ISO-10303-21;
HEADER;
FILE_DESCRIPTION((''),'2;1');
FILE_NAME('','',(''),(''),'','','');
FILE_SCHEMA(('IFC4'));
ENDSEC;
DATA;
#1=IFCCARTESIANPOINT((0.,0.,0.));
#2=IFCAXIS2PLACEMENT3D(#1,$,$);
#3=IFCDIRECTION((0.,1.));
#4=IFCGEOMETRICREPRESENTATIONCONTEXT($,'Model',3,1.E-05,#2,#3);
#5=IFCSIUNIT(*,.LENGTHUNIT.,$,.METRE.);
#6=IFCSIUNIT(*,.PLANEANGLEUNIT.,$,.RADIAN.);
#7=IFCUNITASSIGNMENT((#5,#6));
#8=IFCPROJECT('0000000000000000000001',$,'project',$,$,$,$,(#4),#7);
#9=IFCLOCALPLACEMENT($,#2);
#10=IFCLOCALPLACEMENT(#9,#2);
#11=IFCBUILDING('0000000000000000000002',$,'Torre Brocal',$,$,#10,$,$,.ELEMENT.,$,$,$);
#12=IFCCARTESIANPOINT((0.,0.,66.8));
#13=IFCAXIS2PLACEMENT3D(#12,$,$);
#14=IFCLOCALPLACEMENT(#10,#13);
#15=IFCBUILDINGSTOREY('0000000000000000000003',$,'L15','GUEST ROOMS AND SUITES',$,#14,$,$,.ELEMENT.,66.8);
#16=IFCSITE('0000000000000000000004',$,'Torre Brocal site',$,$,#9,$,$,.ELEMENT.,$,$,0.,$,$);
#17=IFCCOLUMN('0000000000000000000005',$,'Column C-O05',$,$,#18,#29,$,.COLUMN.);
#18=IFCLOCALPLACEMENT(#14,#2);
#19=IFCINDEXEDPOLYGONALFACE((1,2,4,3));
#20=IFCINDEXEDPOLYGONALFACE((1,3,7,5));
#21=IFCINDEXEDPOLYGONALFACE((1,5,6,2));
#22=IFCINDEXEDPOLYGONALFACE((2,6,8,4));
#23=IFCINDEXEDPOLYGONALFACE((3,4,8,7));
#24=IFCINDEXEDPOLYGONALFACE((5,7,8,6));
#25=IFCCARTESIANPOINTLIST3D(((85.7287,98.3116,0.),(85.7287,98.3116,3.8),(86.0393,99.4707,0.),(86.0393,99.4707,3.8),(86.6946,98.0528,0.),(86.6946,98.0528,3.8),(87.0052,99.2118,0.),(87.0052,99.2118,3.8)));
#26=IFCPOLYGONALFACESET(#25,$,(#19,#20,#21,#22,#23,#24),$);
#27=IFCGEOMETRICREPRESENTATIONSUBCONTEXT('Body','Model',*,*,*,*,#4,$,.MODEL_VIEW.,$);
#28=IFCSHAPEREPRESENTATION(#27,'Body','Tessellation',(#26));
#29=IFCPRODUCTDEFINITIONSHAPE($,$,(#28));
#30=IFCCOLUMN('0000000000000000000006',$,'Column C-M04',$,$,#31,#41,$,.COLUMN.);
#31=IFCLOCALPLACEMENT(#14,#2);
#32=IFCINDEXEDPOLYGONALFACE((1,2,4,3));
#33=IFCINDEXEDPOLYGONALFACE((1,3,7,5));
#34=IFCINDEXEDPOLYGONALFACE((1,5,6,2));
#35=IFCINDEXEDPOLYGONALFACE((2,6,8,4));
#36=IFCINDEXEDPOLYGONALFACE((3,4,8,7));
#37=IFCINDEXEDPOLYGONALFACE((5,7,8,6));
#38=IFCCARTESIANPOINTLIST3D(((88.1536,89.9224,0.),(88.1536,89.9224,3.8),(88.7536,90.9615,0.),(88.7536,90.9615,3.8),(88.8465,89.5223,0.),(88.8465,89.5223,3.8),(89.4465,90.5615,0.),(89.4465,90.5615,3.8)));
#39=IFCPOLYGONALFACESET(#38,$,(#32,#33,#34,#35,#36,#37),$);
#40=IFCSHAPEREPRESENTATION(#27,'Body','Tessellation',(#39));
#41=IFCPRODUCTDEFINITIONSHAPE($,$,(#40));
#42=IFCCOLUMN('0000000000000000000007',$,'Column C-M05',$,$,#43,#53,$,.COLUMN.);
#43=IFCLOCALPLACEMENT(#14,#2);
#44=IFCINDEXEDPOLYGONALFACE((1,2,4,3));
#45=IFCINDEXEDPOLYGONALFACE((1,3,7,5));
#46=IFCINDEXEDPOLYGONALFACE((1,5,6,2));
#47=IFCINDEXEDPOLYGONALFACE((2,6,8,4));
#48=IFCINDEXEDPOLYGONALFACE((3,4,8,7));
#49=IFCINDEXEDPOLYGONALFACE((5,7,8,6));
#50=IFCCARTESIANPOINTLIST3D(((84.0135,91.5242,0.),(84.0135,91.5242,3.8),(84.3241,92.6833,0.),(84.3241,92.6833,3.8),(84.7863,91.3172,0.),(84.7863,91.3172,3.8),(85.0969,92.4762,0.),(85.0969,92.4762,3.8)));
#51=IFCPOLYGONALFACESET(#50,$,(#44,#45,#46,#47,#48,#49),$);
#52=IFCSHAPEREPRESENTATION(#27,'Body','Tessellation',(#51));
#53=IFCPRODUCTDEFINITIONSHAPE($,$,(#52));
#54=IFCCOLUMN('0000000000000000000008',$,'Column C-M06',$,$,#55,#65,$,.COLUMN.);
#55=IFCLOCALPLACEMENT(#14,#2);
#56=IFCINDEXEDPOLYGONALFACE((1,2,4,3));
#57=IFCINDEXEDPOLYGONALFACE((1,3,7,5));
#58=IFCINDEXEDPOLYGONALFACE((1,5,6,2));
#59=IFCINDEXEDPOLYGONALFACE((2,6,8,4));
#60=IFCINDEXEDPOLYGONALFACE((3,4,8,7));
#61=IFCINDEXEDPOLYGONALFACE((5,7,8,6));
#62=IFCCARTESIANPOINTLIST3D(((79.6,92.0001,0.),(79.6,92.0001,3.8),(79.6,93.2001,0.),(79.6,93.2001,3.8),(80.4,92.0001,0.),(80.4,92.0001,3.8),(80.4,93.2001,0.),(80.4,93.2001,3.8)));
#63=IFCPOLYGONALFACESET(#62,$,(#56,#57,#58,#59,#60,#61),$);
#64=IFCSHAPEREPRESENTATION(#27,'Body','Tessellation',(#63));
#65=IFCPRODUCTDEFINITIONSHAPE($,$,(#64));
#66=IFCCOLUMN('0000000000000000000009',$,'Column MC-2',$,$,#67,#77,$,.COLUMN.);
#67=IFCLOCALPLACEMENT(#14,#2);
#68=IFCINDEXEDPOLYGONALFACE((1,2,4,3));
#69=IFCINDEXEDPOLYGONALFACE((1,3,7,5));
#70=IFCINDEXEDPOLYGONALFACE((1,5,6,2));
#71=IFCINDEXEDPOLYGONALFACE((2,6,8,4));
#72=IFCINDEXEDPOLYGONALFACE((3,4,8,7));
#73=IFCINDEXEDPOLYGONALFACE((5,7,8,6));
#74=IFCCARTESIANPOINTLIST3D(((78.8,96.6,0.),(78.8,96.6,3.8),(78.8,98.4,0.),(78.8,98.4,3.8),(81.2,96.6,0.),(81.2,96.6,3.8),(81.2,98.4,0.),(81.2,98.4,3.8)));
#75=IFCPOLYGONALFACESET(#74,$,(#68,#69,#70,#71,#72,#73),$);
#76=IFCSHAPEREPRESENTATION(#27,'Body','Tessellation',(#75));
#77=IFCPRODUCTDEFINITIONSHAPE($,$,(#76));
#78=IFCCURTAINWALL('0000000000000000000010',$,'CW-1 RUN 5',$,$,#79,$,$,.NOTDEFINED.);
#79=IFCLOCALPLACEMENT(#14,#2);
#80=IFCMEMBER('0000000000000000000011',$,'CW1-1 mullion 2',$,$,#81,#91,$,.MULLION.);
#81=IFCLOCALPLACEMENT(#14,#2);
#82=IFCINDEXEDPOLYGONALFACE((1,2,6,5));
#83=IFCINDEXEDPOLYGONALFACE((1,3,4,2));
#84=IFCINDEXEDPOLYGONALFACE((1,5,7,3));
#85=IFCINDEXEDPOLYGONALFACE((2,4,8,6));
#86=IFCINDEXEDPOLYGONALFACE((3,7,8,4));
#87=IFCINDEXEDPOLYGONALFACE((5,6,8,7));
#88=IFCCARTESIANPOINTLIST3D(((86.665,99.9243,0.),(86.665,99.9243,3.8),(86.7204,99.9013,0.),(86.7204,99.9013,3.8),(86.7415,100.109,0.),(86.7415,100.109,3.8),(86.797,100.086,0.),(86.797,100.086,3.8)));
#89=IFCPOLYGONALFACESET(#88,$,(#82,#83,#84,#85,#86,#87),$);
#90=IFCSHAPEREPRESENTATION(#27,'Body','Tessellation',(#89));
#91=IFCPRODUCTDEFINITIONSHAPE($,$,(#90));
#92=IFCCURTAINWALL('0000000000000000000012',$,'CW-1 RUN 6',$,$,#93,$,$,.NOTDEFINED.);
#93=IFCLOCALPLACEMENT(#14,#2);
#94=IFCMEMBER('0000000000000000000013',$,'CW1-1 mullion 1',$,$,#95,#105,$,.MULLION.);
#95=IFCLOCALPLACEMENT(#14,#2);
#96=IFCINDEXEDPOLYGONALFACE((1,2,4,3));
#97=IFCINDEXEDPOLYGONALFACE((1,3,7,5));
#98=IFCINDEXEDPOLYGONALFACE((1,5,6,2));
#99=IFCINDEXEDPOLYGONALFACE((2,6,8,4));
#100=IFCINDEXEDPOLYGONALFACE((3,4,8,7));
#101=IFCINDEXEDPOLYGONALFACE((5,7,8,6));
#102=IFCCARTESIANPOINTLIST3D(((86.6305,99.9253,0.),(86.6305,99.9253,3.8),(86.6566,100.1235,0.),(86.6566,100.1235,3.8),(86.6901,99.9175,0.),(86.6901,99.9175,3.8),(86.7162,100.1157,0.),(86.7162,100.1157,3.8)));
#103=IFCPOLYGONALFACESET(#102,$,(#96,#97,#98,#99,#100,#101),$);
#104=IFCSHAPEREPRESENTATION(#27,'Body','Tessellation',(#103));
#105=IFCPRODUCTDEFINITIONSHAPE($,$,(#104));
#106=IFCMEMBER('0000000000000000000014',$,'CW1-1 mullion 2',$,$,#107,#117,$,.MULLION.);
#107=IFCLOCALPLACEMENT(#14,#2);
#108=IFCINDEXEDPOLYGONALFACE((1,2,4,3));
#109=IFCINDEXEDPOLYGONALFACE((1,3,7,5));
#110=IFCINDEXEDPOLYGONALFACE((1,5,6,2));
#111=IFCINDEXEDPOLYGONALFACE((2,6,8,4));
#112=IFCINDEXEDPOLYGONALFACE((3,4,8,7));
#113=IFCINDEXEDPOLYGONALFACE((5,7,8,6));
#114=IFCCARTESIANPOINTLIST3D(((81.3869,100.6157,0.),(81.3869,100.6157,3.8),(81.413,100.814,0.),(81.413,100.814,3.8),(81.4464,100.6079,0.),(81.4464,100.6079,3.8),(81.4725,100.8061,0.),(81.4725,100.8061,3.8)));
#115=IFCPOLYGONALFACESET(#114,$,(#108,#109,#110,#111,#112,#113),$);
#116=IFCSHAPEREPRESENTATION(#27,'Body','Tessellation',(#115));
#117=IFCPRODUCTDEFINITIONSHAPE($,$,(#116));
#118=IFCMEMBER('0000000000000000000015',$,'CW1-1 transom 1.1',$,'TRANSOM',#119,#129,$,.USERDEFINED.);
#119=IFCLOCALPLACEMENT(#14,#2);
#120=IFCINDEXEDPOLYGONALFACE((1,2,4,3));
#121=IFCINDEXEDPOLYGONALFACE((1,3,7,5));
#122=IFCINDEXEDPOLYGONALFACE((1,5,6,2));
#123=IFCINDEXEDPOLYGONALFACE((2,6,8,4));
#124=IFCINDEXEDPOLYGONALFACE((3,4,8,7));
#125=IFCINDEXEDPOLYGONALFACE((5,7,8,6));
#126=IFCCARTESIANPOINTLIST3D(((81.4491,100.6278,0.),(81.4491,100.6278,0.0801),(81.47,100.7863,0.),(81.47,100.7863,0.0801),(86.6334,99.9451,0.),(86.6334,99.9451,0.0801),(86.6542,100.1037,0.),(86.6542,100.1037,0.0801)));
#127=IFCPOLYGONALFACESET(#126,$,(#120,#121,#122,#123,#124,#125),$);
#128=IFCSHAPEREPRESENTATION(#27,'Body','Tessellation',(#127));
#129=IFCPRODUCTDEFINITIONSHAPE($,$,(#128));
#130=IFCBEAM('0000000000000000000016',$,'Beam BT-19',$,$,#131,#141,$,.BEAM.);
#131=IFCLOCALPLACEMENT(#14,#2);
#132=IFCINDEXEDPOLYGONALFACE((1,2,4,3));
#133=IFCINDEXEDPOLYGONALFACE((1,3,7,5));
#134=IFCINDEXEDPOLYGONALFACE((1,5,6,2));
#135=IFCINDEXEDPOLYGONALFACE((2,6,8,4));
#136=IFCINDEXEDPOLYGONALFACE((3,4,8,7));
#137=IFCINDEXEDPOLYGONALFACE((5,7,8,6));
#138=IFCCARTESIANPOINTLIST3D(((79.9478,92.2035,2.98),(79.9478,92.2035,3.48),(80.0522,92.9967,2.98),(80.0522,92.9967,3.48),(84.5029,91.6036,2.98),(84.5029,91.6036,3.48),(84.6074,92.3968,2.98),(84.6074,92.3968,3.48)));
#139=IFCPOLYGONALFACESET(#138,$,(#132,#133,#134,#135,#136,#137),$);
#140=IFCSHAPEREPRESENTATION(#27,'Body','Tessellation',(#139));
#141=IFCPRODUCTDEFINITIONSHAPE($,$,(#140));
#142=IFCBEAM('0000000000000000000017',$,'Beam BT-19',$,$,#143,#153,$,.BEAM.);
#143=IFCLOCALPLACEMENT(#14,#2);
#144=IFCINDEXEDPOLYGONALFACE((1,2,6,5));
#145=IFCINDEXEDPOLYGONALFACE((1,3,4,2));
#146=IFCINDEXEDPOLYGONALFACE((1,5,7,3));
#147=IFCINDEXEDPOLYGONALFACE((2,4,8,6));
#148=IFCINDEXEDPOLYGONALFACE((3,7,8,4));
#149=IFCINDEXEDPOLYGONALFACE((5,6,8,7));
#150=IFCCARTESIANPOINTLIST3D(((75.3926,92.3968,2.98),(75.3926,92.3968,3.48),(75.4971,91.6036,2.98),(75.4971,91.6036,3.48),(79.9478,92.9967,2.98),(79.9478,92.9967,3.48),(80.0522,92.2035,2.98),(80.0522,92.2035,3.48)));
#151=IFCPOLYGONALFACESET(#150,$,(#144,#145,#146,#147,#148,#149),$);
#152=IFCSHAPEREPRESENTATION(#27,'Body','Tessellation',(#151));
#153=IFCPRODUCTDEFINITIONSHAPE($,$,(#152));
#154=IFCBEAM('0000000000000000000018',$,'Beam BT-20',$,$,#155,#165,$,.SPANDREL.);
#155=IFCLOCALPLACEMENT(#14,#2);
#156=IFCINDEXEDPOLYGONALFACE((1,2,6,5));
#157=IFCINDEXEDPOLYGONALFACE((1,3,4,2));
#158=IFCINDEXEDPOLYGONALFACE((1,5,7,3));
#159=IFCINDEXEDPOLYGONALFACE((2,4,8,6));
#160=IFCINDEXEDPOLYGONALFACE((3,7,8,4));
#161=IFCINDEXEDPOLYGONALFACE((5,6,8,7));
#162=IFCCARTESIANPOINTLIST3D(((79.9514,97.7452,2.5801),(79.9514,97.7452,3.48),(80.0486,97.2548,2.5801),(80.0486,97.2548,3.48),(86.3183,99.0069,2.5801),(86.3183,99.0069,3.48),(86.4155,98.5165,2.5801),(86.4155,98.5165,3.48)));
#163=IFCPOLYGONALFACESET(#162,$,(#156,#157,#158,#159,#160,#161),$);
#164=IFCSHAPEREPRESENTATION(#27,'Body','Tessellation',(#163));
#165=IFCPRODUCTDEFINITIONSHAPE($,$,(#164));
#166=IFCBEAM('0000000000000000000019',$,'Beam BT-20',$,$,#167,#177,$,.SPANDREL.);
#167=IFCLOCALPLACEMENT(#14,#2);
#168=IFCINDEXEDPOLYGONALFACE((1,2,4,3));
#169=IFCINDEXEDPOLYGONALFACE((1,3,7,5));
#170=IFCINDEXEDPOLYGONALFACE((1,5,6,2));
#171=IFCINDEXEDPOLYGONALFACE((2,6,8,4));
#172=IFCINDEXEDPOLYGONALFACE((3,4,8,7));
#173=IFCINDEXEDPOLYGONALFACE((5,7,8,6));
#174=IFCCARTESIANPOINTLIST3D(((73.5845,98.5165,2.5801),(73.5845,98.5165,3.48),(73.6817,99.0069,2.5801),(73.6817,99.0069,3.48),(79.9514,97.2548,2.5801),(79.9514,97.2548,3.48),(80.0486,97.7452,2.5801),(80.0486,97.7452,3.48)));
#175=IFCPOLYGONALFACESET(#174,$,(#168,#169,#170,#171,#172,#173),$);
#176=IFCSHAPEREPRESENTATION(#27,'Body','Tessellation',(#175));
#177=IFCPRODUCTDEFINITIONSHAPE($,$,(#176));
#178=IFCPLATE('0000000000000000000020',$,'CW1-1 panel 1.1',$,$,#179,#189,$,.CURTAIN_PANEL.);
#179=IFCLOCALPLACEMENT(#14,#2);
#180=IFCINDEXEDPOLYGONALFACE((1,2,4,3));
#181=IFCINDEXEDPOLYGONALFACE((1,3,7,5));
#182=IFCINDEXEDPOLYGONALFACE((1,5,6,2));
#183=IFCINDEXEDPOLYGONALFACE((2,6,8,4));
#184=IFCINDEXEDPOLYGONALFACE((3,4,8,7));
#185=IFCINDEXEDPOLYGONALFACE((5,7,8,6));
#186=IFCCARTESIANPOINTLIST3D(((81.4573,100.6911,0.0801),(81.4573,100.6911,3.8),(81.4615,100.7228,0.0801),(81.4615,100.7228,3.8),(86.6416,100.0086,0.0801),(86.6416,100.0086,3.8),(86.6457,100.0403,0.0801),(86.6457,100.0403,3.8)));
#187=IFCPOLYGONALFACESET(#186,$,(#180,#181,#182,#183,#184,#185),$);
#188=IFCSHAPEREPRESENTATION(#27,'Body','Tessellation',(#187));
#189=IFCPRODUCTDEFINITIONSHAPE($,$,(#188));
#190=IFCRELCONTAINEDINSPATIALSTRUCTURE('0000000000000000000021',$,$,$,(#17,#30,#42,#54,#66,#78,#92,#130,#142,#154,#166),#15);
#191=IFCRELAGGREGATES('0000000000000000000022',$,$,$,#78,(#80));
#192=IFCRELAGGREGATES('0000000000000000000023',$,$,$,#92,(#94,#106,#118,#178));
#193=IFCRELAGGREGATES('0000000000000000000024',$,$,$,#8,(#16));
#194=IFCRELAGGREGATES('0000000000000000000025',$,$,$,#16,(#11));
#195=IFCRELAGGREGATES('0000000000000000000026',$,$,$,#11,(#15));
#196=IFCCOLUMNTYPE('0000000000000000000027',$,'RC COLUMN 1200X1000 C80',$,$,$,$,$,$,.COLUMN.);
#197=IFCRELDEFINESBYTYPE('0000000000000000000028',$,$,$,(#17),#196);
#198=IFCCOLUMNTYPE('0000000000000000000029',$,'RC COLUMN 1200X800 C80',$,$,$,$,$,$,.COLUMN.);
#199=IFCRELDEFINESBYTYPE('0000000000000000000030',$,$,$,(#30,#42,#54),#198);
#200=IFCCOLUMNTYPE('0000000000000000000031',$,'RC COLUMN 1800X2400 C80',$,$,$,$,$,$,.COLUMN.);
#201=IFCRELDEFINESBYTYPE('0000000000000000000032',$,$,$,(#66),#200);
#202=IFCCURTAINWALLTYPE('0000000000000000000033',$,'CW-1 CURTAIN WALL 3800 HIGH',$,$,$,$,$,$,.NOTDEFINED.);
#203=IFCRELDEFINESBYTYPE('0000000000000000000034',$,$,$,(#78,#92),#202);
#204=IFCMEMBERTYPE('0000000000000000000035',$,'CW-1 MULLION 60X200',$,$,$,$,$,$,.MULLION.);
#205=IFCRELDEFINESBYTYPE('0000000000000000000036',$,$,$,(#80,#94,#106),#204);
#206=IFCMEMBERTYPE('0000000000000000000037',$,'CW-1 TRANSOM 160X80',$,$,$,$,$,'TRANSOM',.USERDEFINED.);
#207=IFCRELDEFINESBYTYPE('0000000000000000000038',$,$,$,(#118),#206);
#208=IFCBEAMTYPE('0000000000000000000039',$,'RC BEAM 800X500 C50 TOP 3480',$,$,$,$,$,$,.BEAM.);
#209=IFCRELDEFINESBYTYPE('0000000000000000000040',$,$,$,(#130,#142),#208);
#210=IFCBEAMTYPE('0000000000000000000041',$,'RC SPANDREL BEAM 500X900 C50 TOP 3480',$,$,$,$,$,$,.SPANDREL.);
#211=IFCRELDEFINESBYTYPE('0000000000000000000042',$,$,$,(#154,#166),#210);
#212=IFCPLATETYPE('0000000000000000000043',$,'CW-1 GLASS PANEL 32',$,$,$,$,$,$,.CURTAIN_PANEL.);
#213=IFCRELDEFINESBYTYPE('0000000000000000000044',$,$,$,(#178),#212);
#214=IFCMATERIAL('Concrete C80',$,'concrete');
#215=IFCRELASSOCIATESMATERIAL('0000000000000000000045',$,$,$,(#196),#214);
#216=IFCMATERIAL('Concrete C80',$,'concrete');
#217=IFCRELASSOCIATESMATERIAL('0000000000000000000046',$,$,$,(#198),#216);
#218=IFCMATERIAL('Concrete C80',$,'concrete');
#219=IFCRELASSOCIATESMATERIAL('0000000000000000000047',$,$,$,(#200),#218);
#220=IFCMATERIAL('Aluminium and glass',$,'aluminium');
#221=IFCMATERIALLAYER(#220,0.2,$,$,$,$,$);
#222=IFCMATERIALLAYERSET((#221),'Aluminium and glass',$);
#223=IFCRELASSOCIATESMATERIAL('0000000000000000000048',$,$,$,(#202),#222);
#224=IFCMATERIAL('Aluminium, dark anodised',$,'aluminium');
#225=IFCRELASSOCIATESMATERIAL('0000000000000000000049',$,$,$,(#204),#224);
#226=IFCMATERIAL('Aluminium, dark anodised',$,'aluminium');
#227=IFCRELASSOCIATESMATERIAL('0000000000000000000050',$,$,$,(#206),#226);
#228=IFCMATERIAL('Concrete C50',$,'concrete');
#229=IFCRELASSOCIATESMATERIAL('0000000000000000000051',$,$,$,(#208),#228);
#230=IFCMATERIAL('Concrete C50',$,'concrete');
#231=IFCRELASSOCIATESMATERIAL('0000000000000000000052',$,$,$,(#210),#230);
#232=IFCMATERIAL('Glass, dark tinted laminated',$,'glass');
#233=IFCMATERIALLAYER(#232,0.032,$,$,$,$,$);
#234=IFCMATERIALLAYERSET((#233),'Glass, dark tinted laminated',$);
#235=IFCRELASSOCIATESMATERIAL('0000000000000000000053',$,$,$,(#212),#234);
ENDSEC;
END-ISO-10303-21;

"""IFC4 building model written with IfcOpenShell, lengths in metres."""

from ifc_helpers import new_model, si_unit, direction, frame, origin, origin_2d, place, context, subcontext, project, spatial, rectangle, extrude, material, layer, layer_set, material_profile, profile_set, type_object, element, aggregate, save


model = new_model("IFC4")

# Units and contexts
model_context = context("Model", 3, precision=1e-05, world=origin(), true_north=direction((0.0, 1.0)))
body_context = subcontext(model_context, "Body", "Model", "MODEL_VIEW")
ifc_project = project(units=[si_unit("LENGTHUNIT", "METRE"), si_unit("PLANEANGLEUNIT", "RADIAN")], contexts=[model_context])

# Site, building, storey
site_placement = place(None, origin())
site = spatial("IfcSite", under=ifc_project, at=site_placement, Name="Torre Brocal site", CompositionType="ELEMENT", RefElevation=0.0)
building_placement = place(site_placement, origin())
building = spatial("IfcBuilding", under=site, at=building_placement, Name="Torre Brocal", CompositionType="ELEMENT")
storey_placement = place(building_placement, frame((0.0, 0.0, 66.8)))
storey = spatial("IfcBuildingStorey", under=building, at=storey_placement, Name="L15", Description="GUEST ROOMS AND SUITES", CompositionType="ELEMENT", Elevation=66.8)

# Columns
ifc_material_1 = material(Name="Concrete C80", Category="concrete")
ifc_material_profile_1 = material_profile(ifc_material_1, rectangle(XDim=1.2, YDim=1.0, at=origin_2d()), Name="RC 1200X1000")
ifc_profile_set_1 = profile_set([ifc_material_profile_1], Name="Concrete C80")
column_type_1 = type_object("IfcColumnType", Name="RC COLUMN 1200X1000 C80", PredefinedType="COLUMN", material=ifc_profile_set_1)
column_1_placement = place(storey_placement, frame((86.3669, 98.7617, 0.0), z_axis=(0.0, 0.0, 1.0), x_axis=(0.258819, 0.965926, 0.0)))
element("IfcColumn", 1, at=column_1_placement, inside=storey, type_object=column_type_1, Name="Column C-O05", PredefinedType="COLUMN", context=body_context, shape_type="SweptSolid", body=[
    extrude(rectangle(XDim=1.2, YDim=1.0, at=origin_2d()), origin(), (0.0, 0.0, 1.0), 3.8),
])
ifc_material_2 = material(Name="Concrete C80", Category="concrete")
ifc_material_profile_2 = material_profile(ifc_material_2, rectangle(XDim=1.2, YDim=0.8, at=origin_2d()), Name="RC 1200X800")
ifc_profile_set_2 = profile_set([ifc_material_profile_2], Name="Concrete C80")
column_type_2 = type_object("IfcColumnType", Name="RC COLUMN 1200X800 C80", PredefinedType="COLUMN", material=ifc_profile_set_2)
for number, where, z_axis, x_axis, name in (
    (2, (88.8, 90.2419, 0.0), (0.0, 0.0, 1.0), (0.5, 0.866025, 0.0), "Column C-M04"),
    (3, (84.5552, 92.0002, 0.0), (0.0, 0.0, 1.0), (0.258819, 0.965926, 0.0), "Column C-M05"),
    (4, (80.0, 92.6001, 0.0), (0.0, 0.0, 1.0), (0.0, 1.0, 0.0), "Column C-M06"),
):
    element("IfcColumn", number, at=place(storey_placement, frame(where, z_axis=z_axis, x_axis=x_axis)), inside=storey, type_object=column_type_2, Name=name, PredefinedType="COLUMN", context=body_context, shape_type="SweptSolid", body=[
        extrude(rectangle(XDim=1.2, YDim=0.8, at=origin_2d()), origin(), (0.0, 0.0, 1.0), 3.8),
    ])
ifc_material_3 = material(Name="Concrete C80", Category="concrete")
ifc_material_profile_3 = material_profile(ifc_material_3, rectangle(XDim=1.8, YDim=2.3999, at=origin_2d()), Name="RC 1800X2400")
ifc_profile_set_3 = profile_set([ifc_material_profile_3], Name="Concrete C80")
column_type_3 = type_object("IfcColumnType", Name="RC COLUMN 1800X2400 C80", PredefinedType="COLUMN", material=ifc_profile_set_3)
column_2_placement = place(storey_placement, frame((80.0, 97.5, 0.0), z_axis=(0.0, 0.0, 1.0), x_axis=(0.0, 1.0, 0.0)))
element("IfcColumn", 5, at=column_2_placement, inside=storey, type_object=column_type_3, Name="Column MC-2", PredefinedType="COLUMN", context=body_context, shape_type="SweptSolid", body=[
    extrude(rectangle(XDim=1.8, YDim=2.3999, at=origin_2d()), origin(), (0.0, 0.0, 1.0), 3.8),
])

# Curtain wall, member
ifc_material_4 = material(Name="Aluminium and glass", Category="aluminium")
ifc_layer_1 = layer(ifc_material_4, 0.2)
ifc_layer_set_1 = layer_set([ifc_layer_1], Name="Aluminium and glass")
curtain_wall_type = type_object("IfcCurtainWallType", Name="CW-1 CURTAIN WALL 3800 HIGH", PredefinedType="NOTDEFINED", material=ifc_layer_set_1)
curtain_wall_1_placement = place(storey_placement, origin())
curtain_wall_1 = element("IfcCurtainWall", 6, at=curtain_wall_1_placement, inside=storey, type_object=curtain_wall_type, Name="CW-1 RUN 5", PredefinedType="NOTDEFINED")
ifc_material_5 = material(Name="Aluminium, dark anodised", Category="aluminium")
ifc_material_profile_4 = material_profile(ifc_material_5, rectangle(XDim=0.2, YDim=0.0601, at=origin_2d()), Name="CW-1 MULLION 60X200")
ifc_profile_set_4 = profile_set([ifc_material_profile_4], Name="Aluminium, dark anodised")
member_type_1 = type_object("IfcMemberType", Name="CW-1 MULLION 60X200", PredefinedType="MULLION", material=ifc_profile_set_4)
member_1_placement = place(storey_placement, frame((86.731, 100.0051, 0.0), z_axis=(0.0, 0.0, 1.0), x_axis=(-0.382683, -0.92388, 0.0)))
member_1 = element("IfcMember", 7, at=member_1_placement, type_object=member_type_1, Name="CW1-1 mullion 2", PredefinedType="MULLION", context=body_context, shape_type="SweptSolid", body=[
    extrude(rectangle(XDim=0.2, YDim=0.0601, at=origin_2d()), origin(), (0.0, 0.0, 1.0), 3.8),
])
aggregate(curtain_wall_1, [member_1])

# Curtain wall, members
curtain_wall_2_placement = place(storey_placement, origin())
curtain_wall_2 = element("IfcCurtainWall", 8, at=curtain_wall_2_placement, inside=storey, type_object=curtain_wall_type, Name="CW-1 RUN 6", PredefinedType="NOTDEFINED")
member_2_placement = place(storey_placement, frame((86.6733, 100.0205, 0.0), z_axis=(0.0, 0.0, 1.0), x_axis=(-0.130526, -0.991445, 0.0)))
member_2 = element("IfcMember", 9, at=member_2_placement, type_object=member_type_1, Name="CW1-1 mullion 1", PredefinedType="MULLION", context=body_context, shape_type="SweptSolid", body=[
    extrude(rectangle(XDim=0.2, YDim=0.0601, at=origin_2d()), origin(), (0.0, 0.0, 1.0), 3.8),
])
member_3_placement = place(storey_placement, frame((81.4297, 100.7109, 0.0), z_axis=(0.0, 0.0, 1.0), x_axis=(-0.130526, -0.991445, 0.0)))
member_3 = element("IfcMember", 10, at=member_3_placement, type_object=member_type_1, Name="CW1-1 mullion 2", PredefinedType="MULLION", context=body_context, shape_type="SweptSolid", body=[
    extrude(rectangle(XDim=0.2, YDim=0.0601, at=origin_2d()), origin(), (0.0, 0.0, 1.0), 3.8),
])
ifc_material_6 = material(Name="Aluminium, dark anodised", Category="aluminium")
ifc_material_profile_5 = material_profile(ifc_material_6, rectangle(XDim=0.1599, YDim=0.0801, at=origin_2d()), Name="CW-1 TRANSOM 160X80")
ifc_profile_set_5 = profile_set([ifc_material_profile_5], Name="Aluminium, dark anodised")
member_type_2 = type_object("IfcMemberType", Name="CW-1 TRANSOM 160X80", ElementType="TRANSOM", PredefinedType="USERDEFINED", material=ifc_profile_set_5)
member_4_placement = place(storey_placement, frame((86.6438, 100.0244, 0.04), z_axis=(-0.991443, 0.130543, 0.0), x_axis=(-0.130543, -0.991443, 0.0)))
member_4 = element("IfcMember", 11, at=member_4_placement, type_object=member_type_2, Name="CW1-1 transom 1.1", ObjectType="TRANSOM", PredefinedType="USERDEFINED", context=body_context, shape_type="SweptSolid", body=[
    extrude(rectangle(XDim=0.1599, YDim=0.0801, at=origin_2d()), origin(), (0.0, 0.0, 1.0), 5.229),
])

# Beams
ifc_material_7 = material(Name="Concrete C50", Category="concrete")
ifc_material_profile_6 = material_profile(ifc_material_7, rectangle(XDim=0.8, YDim=0.5, at=origin_2d()), Name="RC 800X500")
ifc_profile_set_6 = profile_set([ifc_material_profile_6], Name="Concrete C50")
beam_type_1 = type_object("IfcBeamType", Name="RC BEAM 800X500 C50 TOP 3480", PredefinedType="BEAM", material=ifc_profile_set_6)
for number, where, z_axis, x_axis, name in (
    (12, (84.5552, 92.0002, 3.23), (-0.991441, 0.130559, 0.0), (-0.130559, -0.991441, 0.0), "Beam BT-19"),
    (13, (80.0, 92.6001, 3.23), (-0.991441, -0.130559, 0.0), (0.130559, -0.991441, 0.0), "Beam BT-19"),
):
    element("IfcBeam", number, at=place(storey_placement, frame(where, z_axis=z_axis, x_axis=x_axis)), inside=storey, type_object=beam_type_1, Name=name, PredefinedType="BEAM", context=body_context, shape_type="SweptSolid", body=[
        extrude(rectangle(XDim=0.8, YDim=0.5, at=origin_2d()), origin(), (0.0, 0.0, 1.0), 4.5945),
    ])
ifc_material_8 = material(Name="Concrete C50", Category="concrete")
ifc_material_profile_7 = material_profile(ifc_material_8, rectangle(XDim=0.5, YDim=0.8999, at=origin_2d()), Name="RC 500X900")
ifc_profile_set_7 = profile_set([ifc_material_profile_7], Name="Concrete C50")
beam_type_2 = type_object("IfcBeamType", Name="RC SPANDREL BEAM 500X900 C50 TOP 3480", PredefinedType="SPANDREL", material=ifc_profile_set_7)
for number, where, z_axis, x_axis, name in (
    (14, (86.3669, 98.7617, 3.03), (-0.980925, -0.194387, 0.0), (0.194387, -0.980925, 0.0), "Beam BT-20"),
    (15, (80.0, 97.5, 3.03), (-0.980925, 0.194387, 0.0), (-0.194387, -0.980925, 0.0), "Beam BT-20"),
):
    element("IfcBeam", number, at=place(storey_placement, frame(where, z_axis=z_axis, x_axis=x_axis)), inside=storey, type_object=beam_type_2, Name=name, PredefinedType="SPANDREL", context=body_context, shape_type="SweptSolid", body=[
        extrude(rectangle(XDim=0.5, YDim=0.8999, at=origin_2d()), origin(), (0.0, 0.0, 1.0), 6.4907),
    ])

# Plate
ifc_material_9 = material(Name="Glass, dark tinted laminated", Category="glass")
ifc_layer_2 = layer(ifc_material_9, 0.032)
ifc_layer_set_2 = layer_set([ifc_layer_2], Name="Glass, dark tinted laminated")
plate_type = type_object("IfcPlateType", Name="CW-1 GLASS PANEL 32", PredefinedType="CURTAIN_PANEL", material=ifc_layer_set_2)
plate_placement = place(storey_placement, frame((84.0515, 100.3657, 0.0801), z_axis=(0.0, 0.0, 1.0), x_axis=(-0.991445, 0.130526, 0.0)))
plate = element("IfcPlate", 16, at=plate_placement, type_object=plate_type, Name="CW1-1 panel 1.1", PredefinedType="CURTAIN_PANEL", context=body_context, shape_type="SweptSolid", body=[
    extrude(rectangle(XDim=5.229, YDim=0.032, at=origin_2d()), origin(), (0.0, 0.0, 1.0), 3.72),
])
aggregate(curtain_wall_2, [member_2, member_3, member_4, plate])

save(model, "model.ifc")
